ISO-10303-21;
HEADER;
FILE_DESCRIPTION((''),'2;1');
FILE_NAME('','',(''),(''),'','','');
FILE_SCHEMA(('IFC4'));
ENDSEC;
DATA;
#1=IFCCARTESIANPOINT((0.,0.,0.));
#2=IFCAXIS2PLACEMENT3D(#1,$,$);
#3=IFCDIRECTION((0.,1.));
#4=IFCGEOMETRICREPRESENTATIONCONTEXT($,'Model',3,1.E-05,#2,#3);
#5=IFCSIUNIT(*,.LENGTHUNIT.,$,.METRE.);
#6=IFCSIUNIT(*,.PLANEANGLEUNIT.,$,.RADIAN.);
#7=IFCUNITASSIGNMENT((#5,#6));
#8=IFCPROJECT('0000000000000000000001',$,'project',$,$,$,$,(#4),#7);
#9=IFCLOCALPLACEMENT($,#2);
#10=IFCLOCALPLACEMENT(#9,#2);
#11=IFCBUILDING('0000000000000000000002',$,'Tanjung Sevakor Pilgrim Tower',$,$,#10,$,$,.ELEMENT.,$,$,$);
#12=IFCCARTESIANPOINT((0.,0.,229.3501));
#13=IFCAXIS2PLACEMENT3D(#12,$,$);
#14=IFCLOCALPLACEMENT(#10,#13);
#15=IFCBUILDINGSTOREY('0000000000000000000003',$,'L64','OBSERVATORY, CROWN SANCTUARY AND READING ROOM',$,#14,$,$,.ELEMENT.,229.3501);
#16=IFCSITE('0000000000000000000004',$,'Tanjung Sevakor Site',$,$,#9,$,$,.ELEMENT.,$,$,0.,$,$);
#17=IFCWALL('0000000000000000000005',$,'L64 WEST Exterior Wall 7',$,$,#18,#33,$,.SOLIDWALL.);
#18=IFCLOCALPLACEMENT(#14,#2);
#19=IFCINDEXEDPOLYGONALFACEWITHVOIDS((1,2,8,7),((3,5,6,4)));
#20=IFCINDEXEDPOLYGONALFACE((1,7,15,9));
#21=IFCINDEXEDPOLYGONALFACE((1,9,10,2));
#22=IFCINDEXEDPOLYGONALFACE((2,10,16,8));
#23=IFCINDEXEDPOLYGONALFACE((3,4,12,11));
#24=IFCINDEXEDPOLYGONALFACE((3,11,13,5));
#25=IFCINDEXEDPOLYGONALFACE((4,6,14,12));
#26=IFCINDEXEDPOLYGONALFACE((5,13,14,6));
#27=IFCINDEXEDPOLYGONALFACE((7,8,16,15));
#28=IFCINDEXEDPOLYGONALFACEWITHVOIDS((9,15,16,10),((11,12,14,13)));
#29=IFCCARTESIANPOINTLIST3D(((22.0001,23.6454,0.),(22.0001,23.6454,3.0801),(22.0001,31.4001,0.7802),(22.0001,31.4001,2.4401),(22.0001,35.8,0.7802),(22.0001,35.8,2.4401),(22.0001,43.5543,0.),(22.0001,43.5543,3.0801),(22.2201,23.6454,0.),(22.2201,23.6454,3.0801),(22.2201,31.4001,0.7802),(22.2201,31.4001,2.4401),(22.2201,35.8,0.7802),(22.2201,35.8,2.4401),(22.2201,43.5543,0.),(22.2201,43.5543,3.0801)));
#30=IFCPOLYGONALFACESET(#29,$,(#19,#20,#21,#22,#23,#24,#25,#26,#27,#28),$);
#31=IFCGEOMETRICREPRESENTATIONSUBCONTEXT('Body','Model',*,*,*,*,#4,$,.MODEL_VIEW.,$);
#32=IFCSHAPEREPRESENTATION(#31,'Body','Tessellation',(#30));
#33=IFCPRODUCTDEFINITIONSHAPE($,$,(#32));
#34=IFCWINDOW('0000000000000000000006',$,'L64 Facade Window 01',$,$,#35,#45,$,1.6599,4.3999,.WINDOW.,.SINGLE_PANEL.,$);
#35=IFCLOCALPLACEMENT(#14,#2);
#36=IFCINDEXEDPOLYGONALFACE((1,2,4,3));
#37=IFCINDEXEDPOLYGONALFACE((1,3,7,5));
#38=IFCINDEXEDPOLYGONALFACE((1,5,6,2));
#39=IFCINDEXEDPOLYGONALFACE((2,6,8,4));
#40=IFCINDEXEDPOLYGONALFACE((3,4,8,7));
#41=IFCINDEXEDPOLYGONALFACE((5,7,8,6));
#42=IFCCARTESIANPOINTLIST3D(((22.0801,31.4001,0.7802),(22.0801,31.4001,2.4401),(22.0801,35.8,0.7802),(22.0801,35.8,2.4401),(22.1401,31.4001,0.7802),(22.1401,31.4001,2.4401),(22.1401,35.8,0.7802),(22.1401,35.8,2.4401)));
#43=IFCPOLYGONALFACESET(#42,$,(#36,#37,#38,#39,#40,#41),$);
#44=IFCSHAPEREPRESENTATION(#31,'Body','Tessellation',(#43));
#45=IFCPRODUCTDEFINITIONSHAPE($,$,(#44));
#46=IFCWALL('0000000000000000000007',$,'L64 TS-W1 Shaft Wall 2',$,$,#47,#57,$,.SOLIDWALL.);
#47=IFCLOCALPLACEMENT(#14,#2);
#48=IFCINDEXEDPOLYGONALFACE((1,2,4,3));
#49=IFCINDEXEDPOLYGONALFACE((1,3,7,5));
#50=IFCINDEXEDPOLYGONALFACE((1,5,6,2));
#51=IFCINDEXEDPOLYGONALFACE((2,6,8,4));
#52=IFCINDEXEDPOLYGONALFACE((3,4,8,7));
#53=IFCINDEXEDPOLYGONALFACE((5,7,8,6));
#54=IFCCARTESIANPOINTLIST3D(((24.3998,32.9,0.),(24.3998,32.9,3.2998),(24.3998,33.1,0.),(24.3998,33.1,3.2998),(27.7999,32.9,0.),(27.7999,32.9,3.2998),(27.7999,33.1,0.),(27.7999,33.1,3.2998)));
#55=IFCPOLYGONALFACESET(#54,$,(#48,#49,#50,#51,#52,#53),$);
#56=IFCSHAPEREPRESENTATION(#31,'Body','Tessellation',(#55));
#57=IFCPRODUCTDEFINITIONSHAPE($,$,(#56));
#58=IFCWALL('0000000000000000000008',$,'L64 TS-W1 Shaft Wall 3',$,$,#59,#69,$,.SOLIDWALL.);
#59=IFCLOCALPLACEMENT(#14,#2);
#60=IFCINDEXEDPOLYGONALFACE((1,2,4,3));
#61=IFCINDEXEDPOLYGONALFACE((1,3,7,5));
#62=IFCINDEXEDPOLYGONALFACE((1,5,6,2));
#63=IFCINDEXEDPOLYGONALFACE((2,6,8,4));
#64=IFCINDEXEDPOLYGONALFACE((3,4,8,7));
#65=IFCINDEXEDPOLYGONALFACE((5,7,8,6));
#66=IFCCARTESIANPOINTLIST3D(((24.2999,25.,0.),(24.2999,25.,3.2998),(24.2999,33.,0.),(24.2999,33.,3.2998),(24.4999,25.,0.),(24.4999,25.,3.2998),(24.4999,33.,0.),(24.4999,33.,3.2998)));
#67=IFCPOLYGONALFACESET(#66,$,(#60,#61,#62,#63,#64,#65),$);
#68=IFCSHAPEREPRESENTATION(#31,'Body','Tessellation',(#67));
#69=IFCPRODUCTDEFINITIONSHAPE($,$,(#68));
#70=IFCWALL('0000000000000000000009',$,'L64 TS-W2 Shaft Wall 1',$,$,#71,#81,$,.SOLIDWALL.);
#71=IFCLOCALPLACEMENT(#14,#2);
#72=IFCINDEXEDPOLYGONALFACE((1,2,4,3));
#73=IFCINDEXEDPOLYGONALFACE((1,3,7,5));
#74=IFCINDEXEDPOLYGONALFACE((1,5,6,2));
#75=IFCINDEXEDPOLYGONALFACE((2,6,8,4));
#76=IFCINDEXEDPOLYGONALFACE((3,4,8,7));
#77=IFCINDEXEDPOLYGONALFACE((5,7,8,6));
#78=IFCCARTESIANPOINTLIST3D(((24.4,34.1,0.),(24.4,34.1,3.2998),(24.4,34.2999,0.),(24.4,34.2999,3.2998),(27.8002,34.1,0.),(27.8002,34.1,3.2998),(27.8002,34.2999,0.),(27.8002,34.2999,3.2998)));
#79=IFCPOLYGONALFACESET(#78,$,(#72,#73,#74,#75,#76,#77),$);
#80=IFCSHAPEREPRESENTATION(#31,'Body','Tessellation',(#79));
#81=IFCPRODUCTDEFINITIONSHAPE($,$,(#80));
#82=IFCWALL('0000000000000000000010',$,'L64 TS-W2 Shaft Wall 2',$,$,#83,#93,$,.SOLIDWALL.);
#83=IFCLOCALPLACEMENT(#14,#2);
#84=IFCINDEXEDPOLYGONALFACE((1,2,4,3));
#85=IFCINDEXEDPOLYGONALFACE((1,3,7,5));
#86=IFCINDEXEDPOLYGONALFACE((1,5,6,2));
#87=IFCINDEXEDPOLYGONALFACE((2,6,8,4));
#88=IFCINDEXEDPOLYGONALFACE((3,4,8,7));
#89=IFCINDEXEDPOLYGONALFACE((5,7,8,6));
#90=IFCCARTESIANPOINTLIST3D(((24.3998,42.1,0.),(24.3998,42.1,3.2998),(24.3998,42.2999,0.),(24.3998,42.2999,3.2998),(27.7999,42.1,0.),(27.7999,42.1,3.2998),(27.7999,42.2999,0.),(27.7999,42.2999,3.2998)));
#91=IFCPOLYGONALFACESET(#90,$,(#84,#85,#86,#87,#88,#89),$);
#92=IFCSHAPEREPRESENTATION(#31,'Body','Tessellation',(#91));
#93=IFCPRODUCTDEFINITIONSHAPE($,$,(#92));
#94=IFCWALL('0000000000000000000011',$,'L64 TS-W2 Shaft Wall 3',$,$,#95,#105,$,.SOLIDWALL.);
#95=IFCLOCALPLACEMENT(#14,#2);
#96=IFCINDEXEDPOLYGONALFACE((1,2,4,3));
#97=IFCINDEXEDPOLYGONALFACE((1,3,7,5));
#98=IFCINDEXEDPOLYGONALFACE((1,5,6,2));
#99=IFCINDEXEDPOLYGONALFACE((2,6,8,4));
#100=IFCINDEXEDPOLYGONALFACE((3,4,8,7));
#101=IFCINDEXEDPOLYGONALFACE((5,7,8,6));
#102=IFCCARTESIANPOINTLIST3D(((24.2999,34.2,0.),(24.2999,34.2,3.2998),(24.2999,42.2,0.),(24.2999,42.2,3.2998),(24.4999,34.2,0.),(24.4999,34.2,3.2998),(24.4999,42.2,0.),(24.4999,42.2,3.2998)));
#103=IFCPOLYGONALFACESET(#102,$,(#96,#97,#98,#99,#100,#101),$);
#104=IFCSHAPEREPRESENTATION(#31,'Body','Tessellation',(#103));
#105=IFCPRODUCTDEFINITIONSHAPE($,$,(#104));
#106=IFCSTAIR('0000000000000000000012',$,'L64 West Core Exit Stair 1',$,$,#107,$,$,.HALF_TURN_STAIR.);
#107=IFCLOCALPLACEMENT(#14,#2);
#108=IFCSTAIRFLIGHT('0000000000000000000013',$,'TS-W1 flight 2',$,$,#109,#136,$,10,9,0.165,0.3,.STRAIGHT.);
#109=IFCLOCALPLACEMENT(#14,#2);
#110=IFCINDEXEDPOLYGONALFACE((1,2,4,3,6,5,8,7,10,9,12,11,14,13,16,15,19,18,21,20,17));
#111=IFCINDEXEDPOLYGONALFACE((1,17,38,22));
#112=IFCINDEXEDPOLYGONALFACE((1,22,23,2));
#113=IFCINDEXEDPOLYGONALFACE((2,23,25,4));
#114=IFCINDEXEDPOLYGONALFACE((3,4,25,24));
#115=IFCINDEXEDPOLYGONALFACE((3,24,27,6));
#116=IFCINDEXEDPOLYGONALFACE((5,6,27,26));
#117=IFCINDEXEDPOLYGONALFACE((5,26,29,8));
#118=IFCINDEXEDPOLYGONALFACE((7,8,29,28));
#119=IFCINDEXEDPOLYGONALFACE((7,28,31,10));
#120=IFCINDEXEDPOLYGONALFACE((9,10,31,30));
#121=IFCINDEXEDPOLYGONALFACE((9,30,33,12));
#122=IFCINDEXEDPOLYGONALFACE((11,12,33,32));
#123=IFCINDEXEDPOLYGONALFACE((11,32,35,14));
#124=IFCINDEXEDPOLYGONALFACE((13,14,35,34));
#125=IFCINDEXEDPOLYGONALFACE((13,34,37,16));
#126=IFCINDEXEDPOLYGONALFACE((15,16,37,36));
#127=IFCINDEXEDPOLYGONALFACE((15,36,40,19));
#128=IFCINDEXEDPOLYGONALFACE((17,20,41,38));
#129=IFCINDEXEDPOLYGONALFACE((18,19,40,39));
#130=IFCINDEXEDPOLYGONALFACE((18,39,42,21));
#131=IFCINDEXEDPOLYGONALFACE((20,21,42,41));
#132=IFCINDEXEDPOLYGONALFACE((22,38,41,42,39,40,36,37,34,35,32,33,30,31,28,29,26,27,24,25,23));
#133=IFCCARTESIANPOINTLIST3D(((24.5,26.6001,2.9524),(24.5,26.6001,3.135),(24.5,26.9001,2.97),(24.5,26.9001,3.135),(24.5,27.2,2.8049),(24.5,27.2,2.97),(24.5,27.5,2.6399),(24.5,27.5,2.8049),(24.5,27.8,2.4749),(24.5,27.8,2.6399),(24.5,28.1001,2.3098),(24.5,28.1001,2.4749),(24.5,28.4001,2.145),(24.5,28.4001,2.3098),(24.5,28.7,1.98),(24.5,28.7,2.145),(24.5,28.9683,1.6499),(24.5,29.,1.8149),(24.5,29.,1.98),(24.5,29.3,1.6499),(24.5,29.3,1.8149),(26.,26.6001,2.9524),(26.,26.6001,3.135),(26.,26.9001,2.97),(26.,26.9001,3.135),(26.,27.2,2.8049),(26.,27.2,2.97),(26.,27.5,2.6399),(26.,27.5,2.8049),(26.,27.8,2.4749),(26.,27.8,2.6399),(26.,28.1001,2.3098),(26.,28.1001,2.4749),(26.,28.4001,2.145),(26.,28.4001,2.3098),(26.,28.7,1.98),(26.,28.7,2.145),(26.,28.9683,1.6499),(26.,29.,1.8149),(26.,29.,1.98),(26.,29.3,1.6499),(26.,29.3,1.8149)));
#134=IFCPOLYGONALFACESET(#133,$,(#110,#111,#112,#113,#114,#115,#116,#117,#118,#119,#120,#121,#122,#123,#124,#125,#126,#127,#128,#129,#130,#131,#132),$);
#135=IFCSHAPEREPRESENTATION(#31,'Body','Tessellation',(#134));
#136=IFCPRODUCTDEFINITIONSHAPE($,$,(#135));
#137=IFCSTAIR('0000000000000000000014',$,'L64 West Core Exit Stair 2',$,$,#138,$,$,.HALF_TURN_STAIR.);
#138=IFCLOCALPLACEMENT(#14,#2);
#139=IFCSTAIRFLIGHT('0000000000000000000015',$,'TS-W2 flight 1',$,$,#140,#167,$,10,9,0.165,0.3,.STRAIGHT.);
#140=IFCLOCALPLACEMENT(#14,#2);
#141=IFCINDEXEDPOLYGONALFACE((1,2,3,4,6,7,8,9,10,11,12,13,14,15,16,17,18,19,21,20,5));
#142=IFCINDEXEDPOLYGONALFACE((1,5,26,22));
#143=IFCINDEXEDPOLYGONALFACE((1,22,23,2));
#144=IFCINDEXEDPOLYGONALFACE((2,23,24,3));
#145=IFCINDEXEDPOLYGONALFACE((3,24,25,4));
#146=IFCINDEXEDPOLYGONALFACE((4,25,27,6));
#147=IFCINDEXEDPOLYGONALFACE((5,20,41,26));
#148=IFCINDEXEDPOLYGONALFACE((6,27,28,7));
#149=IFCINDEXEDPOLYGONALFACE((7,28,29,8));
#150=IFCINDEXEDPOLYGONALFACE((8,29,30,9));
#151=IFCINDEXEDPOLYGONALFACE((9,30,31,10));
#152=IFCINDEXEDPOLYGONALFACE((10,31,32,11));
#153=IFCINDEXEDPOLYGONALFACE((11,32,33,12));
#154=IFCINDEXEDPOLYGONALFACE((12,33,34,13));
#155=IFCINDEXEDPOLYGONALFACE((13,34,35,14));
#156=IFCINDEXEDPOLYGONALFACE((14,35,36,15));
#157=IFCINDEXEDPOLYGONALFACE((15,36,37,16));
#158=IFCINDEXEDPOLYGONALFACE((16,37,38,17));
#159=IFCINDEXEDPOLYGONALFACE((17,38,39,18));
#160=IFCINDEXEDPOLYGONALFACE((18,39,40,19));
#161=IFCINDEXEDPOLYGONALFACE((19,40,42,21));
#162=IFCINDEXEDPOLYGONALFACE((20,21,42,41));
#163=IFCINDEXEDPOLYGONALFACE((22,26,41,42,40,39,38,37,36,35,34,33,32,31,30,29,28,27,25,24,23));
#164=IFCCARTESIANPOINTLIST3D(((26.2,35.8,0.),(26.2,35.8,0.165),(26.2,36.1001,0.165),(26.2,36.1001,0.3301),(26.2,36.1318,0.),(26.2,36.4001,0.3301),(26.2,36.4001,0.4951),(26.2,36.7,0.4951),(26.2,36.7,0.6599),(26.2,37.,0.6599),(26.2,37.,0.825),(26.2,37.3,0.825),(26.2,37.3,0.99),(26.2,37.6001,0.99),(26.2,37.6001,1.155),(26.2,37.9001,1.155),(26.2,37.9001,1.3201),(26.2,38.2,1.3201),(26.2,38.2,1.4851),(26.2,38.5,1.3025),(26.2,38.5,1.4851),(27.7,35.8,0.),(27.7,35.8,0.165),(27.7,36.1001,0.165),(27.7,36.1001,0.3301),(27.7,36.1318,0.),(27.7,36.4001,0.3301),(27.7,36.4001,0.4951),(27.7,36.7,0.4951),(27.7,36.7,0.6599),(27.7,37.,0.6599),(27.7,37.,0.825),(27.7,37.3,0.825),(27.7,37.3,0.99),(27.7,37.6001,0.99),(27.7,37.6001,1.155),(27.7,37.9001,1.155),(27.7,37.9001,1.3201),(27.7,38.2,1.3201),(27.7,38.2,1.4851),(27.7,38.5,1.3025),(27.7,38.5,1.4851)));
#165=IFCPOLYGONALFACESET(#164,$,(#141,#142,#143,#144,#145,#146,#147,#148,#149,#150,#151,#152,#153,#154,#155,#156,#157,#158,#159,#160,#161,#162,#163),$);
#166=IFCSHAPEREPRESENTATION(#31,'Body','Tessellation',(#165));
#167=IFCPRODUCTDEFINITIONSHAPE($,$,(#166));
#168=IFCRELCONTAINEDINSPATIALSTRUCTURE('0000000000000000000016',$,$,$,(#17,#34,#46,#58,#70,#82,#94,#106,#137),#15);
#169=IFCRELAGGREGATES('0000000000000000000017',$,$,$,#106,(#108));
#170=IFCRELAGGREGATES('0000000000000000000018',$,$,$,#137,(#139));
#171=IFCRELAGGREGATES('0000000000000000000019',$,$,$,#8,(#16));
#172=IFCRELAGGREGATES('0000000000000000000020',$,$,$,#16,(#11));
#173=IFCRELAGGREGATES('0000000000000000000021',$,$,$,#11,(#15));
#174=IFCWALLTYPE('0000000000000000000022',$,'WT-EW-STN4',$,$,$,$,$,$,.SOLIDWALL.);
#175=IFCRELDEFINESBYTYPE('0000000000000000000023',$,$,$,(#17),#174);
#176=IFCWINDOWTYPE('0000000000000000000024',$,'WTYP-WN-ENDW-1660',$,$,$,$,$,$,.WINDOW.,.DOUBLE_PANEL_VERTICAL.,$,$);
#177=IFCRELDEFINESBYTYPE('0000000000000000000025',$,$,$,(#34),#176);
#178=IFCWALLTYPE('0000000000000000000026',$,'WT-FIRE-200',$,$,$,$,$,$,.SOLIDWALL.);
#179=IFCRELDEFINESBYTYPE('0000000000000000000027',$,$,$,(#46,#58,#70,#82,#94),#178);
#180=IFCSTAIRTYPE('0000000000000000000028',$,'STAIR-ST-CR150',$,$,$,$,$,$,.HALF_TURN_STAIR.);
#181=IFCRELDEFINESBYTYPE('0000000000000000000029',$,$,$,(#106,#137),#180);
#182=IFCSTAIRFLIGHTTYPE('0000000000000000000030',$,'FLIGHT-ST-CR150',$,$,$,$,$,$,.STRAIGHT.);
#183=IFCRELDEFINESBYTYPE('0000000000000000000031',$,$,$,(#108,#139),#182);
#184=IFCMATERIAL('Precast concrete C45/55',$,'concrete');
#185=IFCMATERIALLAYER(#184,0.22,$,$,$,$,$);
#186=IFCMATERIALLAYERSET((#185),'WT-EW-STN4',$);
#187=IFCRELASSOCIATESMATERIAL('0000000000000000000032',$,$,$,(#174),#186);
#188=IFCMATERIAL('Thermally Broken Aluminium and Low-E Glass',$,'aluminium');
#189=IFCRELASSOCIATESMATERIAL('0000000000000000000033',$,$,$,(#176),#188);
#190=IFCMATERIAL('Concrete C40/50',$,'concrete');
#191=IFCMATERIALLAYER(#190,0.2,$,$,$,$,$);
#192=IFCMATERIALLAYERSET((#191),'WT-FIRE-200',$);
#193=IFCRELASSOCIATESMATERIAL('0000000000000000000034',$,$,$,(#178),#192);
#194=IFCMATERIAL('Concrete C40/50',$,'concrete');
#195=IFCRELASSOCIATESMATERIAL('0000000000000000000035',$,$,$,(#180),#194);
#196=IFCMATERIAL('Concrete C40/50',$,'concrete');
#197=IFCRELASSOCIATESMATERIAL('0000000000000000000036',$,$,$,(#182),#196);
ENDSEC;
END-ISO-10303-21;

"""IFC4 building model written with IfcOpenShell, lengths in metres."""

from ifc_helpers import new_model, si_unit, direction, frame, frame_2d, origin, place, context, subcontext, project, spatial, polyline, rectangle, outline, extrude, material, layer, layer_set, type_object, element, fill, aggregate, save


model = new_model("IFC4")

# Units and contexts
model_context = context("Model", 3, precision=1e-05, world=origin(), true_north=direction((0.0, 1.0)))
body_context = subcontext(model_context, "Body", "Model", "MODEL_VIEW")
ifc_project = project(units=[si_unit("LENGTHUNIT", "METRE"), si_unit("PLANEANGLEUNIT", "RADIAN")], contexts=[model_context])

# Site, building, storey
site_placement = place(None, origin())
site = spatial("IfcSite", under=ifc_project, at=site_placement, Name="Tanjung Sevakor Site", CompositionType="ELEMENT", RefElevation=0.0)
building_placement = place(site_placement, origin())
building = spatial("IfcBuilding", under=site, at=building_placement, Name="Tanjung Sevakor Pilgrim Tower", CompositionType="ELEMENT")
storey_placement = place(building_placement, frame((0.0, 0.0, 229.3501)))
storey = spatial("IfcBuildingStorey", under=building, at=storey_placement, Name="L64", Description="OBSERVATORY, CROWN SANCTUARY AND READING ROOM", CompositionType="ELEMENT", Elevation=229.3501)

# Wall, opening, window
ifc_material_1 = material(Name="Precast concrete C45/55", Category="concrete")
ifc_layer_1 = layer(ifc_material_1, 0.22)
ifc_layer_set_1 = layer_set([ifc_layer_1], Name="WT-EW-STN4")
wall_type_1 = type_object("IfcWallType", Name="WT-EW-STN4", PredefinedType="SOLIDWALL", material=ifc_layer_set_1)
wall_1_placement = place(storey_placement, frame((22.1101, 43.5544, 0.0), z_axis=(0.0, 0.0, 1.0), x_axis=(0.0, -1.0, 0.0)))
wall_1 = element("IfcWall", 1, at=wall_1_placement, inside=storey, type_object=wall_type_1, Name="L64 WEST Exterior Wall 7", PredefinedType="SOLIDWALL", context=body_context, shape_type="SweptSolid", body=[
    extrude(rectangle(XDim=19.9089, YDim=0.22, at=frame_2d((9.9546, 0.0))), origin(), (0.0, 0.0, 1.0), 3.0801),
])
opening_1_placement = place(wall_1_placement, frame((7.7544, 0.0, 0.78)))
opening_1 = element("IfcOpeningElement", 2, at=opening_1_placement, cuts=wall_1, PredefinedType="OPENING", context=body_context, shape_type="SweptSolid", body=[
    extrude(rectangle(XDim=4.3999, YDim=1.6599, at=frame_2d((2.2, 0.8301))), frame((0.0, 0.1199, 0.0), z_axis=(0.0, -1.0, 0.0), x_axis=(1.0, 0.0, 0.0)), (0.0, 0.0, 1.0), 0.24),
])
ifc_material_2 = material(Name="Thermally Broken Aluminium and Low-E Glass", Category="aluminium")
window_type = type_object("IfcWindowType", Name="WTYP-WN-ENDW-1660", PartitioningType="DOUBLE_PANEL_VERTICAL", PredefinedType="WINDOW", material=ifc_material_2)
window_placement = place(opening_1_placement, origin())
window = element("IfcWindow", 3, at=window_placement, inside=storey, type_object=window_type, Name="L64 Facade Window 01", OverallHeight=1.6599, OverallWidth=4.3999, PartitioningType="SINGLE_PANEL", PredefinedType="WINDOW", context=body_context, shape_type="SweptSolid", body=[
    extrude(rectangle(XDim=4.3999, YDim=1.6599, at=frame_2d((2.2, 0.8301))), frame((0.0, 0.03, 0.0), z_axis=(0.0, -1.0, 0.0), x_axis=(1.0, 0.0, 0.0)), (0.0, 0.0, 1.0), 0.0601),
])
fill(opening_1, window)

# Walls
ifc_material_3 = material(Name="Concrete C40/50", Category="concrete")
ifc_layer_2 = layer(ifc_material_3, 0.2)
ifc_layer_set_2 = layer_set([ifc_layer_2], Name="WT-FIRE-200")
wall_type_2 = type_object("IfcWallType", Name="WT-FIRE-200", PredefinedType="SOLIDWALL", material=ifc_layer_set_2)
wall_2_placement = place(storey_placement, frame((27.8, 33.0, 0.0), z_axis=(0.0, 0.0, 1.0), x_axis=(-1.0, 0.0, 0.0)))
element("IfcWall", 4, at=wall_2_placement, inside=storey, type_object=wall_type_2, Name="L64 TS-W1 Shaft Wall 2", PredefinedType="SOLIDWALL", context=body_context, shape_type="SweptSolid", body=[
    extrude(rectangle(XDim=3.4001, YDim=0.2, at=frame_2d((1.7002, 0.0))), origin(), (0.0, 0.0, 1.0), 3.2998),
])
wall_3_placement = place(storey_placement, frame((24.3999, 33.0, 0.0), z_axis=(0.0, 0.0, 1.0), x_axis=(0.0, -1.0, 0.0)))
element("IfcWall", 5, at=wall_3_placement, inside=storey, type_object=wall_type_2, Name="L64 TS-W1 Shaft Wall 3", PredefinedType="SOLIDWALL", context=body_context, shape_type="SweptSolid", body=[
    extrude(rectangle(XDim=8.0, YDim=0.2, at=frame_2d((4.0, 0.0))), origin(), (0.0, 0.0, 1.0), 3.2998),
])
for number, where, z_axis, x_axis, name in (
    (6, (24.3999, 34.2, 0.0), (0.0, 0.0, 1.0), (1.0, 0.0, 0.0), "L64 TS-W2 Shaft Wall 1"),
    (7, (27.8, 42.2, 0.0), (0.0, 0.0, 1.0), (-1.0, 0.0, 0.0), "L64 TS-W2 Shaft Wall 2"),
):
    element("IfcWall", number, at=place(storey_placement, frame(where, z_axis=z_axis, x_axis=x_axis)), inside=storey, type_object=wall_type_2, Name=name, PredefinedType="SOLIDWALL", context=body_context, shape_type="SweptSolid", body=[
        extrude(rectangle(XDim=3.4001, YDim=0.2, at=frame_2d((1.7002, 0.0))), origin(), (0.0, 0.0, 1.0), 3.2998),
    ])
wall_4_placement = place(storey_placement, frame((24.3999, 42.2, 0.0), z_axis=(0.0, 0.0, 1.0), x_axis=(0.0, -1.0, 0.0)))
element("IfcWall", 8, at=wall_4_placement, inside=storey, type_object=wall_type_2, Name="L64 TS-W2 Shaft Wall 3", PredefinedType="SOLIDWALL", context=body_context, shape_type="SweptSolid", body=[
    extrude(rectangle(XDim=8.0, YDim=0.2, at=frame_2d((4.0, 0.0))), origin(), (0.0, 0.0, 1.0), 3.2998),
])

# Stair, stair flight
ifc_material_4 = material(Name="Concrete C40/50", Category="concrete")
stair_type = type_object("IfcStairType", Name="STAIR-ST-CR150", PredefinedType="HALF_TURN_STAIR", material=ifc_material_4)
stair_1_placement = place(storey_placement, origin())
stair_1 = element("IfcStair", 9, at=stair_1_placement, inside=storey, type_object=stair_type, Name="L64 West Core Exit Stair 1", PredefinedType="HALF_TURN_STAIR")
ifc_material_5 = material(Name="Concrete C40/50", Category="concrete")
stair_flight_type = type_object("IfcStairFlightType", Name="FLIGHT-ST-CR150", PredefinedType="STRAIGHT", material=ifc_material_5)
stair_flight_1_placement = place(storey_placement, frame((25.25, 29.3, 1.6499), z_axis=(0.0, 0.0, 1.0), x_axis=(0.0, -1.0, 0.0)))
stair_flight_1 = element("IfcStairFlight", 10, at=stair_flight_1_placement, type_object=stair_flight_type, Name="TS-W1 flight 2", NumberOfRisers=10, NumberOfTreads=9, PredefinedType="STRAIGHT", RiserHeight=0.165, TreadLength=0.3, context=body_context, shape_type="SweptSolid", body=[
    extrude(outline(polyline([(0.0, 0.0), (0.0, 0.165), (0.3, 0.165), (0.3, 0.3301), (0.6001, 0.3301), (0.6001, 0.4951), (0.8999, 0.4951), (0.8999, 0.6599), (1.2, 0.6599), (1.2, 0.825), (1.5, 0.825), (1.5, 0.99), (1.8, 0.99), (1.8, 1.155), (2.1001, 1.155), (2.1001, 1.3201), (2.3999, 1.3201), (2.3999, 1.4851), (2.7, 1.4851), (2.7, 1.6499), (2.7, 1.3025), (0.3318, 0.0), (0.0, 0.0)])), frame((0.0, 0.75, 0.0), z_axis=(0.0, -1.0, 0.0), x_axis=(1.0, 0.0, 0.0)), (0.0, 0.0, 1.0), 1.5),
])
aggregate(stair_1, [stair_flight_1])

# Stair, stair flight
stair_2_placement = place(storey_placement, origin())
stair_2 = element("IfcStair", 11, at=stair_2_placement, inside=storey, type_object=stair_type, Name="L64 West Core Exit Stair 2", PredefinedType="HALF_TURN_STAIR")
stair_flight_2_placement = place(storey_placement, frame((26.95, 35.8, 0.0), z_axis=(0.0, 0.0, 1.0), x_axis=(0.0, 1.0, 0.0)))
stair_flight_2 = element("IfcStairFlight", 12, at=stair_flight_2_placement, type_object=stair_flight_type, Name="TS-W2 flight 1", NumberOfRisers=10, NumberOfTreads=9, PredefinedType="STRAIGHT", RiserHeight=0.165, TreadLength=0.3, context=body_context, shape_type="SweptSolid", body=[
    extrude(outline(polyline([(0.0, 0.0), (0.0, 0.165), (0.3, 0.165), (0.3, 0.3301), (0.6001, 0.3301), (0.6001, 0.4951), (0.8999, 0.4951), (0.8999, 0.6599), (1.2, 0.6599), (1.2, 0.825), (1.5, 0.825), (1.5, 0.99), (1.8, 0.99), (1.8, 1.155), (2.1001, 1.155), (2.1001, 1.3201), (2.3999, 1.3201), (2.3999, 1.4851), (2.7, 1.4851), (2.7, 1.6499), (2.7, 1.3025), (0.3318, 0.0), (0.0, 0.0)])), frame((0.0, 0.75, 0.0), z_axis=(0.0, -1.0, 0.0), x_axis=(1.0, 0.0, 0.0)), (0.0, 0.0, 1.0), 1.5),
])
aggregate(stair_2, [stair_flight_2])

save(model, "model.ifc")
